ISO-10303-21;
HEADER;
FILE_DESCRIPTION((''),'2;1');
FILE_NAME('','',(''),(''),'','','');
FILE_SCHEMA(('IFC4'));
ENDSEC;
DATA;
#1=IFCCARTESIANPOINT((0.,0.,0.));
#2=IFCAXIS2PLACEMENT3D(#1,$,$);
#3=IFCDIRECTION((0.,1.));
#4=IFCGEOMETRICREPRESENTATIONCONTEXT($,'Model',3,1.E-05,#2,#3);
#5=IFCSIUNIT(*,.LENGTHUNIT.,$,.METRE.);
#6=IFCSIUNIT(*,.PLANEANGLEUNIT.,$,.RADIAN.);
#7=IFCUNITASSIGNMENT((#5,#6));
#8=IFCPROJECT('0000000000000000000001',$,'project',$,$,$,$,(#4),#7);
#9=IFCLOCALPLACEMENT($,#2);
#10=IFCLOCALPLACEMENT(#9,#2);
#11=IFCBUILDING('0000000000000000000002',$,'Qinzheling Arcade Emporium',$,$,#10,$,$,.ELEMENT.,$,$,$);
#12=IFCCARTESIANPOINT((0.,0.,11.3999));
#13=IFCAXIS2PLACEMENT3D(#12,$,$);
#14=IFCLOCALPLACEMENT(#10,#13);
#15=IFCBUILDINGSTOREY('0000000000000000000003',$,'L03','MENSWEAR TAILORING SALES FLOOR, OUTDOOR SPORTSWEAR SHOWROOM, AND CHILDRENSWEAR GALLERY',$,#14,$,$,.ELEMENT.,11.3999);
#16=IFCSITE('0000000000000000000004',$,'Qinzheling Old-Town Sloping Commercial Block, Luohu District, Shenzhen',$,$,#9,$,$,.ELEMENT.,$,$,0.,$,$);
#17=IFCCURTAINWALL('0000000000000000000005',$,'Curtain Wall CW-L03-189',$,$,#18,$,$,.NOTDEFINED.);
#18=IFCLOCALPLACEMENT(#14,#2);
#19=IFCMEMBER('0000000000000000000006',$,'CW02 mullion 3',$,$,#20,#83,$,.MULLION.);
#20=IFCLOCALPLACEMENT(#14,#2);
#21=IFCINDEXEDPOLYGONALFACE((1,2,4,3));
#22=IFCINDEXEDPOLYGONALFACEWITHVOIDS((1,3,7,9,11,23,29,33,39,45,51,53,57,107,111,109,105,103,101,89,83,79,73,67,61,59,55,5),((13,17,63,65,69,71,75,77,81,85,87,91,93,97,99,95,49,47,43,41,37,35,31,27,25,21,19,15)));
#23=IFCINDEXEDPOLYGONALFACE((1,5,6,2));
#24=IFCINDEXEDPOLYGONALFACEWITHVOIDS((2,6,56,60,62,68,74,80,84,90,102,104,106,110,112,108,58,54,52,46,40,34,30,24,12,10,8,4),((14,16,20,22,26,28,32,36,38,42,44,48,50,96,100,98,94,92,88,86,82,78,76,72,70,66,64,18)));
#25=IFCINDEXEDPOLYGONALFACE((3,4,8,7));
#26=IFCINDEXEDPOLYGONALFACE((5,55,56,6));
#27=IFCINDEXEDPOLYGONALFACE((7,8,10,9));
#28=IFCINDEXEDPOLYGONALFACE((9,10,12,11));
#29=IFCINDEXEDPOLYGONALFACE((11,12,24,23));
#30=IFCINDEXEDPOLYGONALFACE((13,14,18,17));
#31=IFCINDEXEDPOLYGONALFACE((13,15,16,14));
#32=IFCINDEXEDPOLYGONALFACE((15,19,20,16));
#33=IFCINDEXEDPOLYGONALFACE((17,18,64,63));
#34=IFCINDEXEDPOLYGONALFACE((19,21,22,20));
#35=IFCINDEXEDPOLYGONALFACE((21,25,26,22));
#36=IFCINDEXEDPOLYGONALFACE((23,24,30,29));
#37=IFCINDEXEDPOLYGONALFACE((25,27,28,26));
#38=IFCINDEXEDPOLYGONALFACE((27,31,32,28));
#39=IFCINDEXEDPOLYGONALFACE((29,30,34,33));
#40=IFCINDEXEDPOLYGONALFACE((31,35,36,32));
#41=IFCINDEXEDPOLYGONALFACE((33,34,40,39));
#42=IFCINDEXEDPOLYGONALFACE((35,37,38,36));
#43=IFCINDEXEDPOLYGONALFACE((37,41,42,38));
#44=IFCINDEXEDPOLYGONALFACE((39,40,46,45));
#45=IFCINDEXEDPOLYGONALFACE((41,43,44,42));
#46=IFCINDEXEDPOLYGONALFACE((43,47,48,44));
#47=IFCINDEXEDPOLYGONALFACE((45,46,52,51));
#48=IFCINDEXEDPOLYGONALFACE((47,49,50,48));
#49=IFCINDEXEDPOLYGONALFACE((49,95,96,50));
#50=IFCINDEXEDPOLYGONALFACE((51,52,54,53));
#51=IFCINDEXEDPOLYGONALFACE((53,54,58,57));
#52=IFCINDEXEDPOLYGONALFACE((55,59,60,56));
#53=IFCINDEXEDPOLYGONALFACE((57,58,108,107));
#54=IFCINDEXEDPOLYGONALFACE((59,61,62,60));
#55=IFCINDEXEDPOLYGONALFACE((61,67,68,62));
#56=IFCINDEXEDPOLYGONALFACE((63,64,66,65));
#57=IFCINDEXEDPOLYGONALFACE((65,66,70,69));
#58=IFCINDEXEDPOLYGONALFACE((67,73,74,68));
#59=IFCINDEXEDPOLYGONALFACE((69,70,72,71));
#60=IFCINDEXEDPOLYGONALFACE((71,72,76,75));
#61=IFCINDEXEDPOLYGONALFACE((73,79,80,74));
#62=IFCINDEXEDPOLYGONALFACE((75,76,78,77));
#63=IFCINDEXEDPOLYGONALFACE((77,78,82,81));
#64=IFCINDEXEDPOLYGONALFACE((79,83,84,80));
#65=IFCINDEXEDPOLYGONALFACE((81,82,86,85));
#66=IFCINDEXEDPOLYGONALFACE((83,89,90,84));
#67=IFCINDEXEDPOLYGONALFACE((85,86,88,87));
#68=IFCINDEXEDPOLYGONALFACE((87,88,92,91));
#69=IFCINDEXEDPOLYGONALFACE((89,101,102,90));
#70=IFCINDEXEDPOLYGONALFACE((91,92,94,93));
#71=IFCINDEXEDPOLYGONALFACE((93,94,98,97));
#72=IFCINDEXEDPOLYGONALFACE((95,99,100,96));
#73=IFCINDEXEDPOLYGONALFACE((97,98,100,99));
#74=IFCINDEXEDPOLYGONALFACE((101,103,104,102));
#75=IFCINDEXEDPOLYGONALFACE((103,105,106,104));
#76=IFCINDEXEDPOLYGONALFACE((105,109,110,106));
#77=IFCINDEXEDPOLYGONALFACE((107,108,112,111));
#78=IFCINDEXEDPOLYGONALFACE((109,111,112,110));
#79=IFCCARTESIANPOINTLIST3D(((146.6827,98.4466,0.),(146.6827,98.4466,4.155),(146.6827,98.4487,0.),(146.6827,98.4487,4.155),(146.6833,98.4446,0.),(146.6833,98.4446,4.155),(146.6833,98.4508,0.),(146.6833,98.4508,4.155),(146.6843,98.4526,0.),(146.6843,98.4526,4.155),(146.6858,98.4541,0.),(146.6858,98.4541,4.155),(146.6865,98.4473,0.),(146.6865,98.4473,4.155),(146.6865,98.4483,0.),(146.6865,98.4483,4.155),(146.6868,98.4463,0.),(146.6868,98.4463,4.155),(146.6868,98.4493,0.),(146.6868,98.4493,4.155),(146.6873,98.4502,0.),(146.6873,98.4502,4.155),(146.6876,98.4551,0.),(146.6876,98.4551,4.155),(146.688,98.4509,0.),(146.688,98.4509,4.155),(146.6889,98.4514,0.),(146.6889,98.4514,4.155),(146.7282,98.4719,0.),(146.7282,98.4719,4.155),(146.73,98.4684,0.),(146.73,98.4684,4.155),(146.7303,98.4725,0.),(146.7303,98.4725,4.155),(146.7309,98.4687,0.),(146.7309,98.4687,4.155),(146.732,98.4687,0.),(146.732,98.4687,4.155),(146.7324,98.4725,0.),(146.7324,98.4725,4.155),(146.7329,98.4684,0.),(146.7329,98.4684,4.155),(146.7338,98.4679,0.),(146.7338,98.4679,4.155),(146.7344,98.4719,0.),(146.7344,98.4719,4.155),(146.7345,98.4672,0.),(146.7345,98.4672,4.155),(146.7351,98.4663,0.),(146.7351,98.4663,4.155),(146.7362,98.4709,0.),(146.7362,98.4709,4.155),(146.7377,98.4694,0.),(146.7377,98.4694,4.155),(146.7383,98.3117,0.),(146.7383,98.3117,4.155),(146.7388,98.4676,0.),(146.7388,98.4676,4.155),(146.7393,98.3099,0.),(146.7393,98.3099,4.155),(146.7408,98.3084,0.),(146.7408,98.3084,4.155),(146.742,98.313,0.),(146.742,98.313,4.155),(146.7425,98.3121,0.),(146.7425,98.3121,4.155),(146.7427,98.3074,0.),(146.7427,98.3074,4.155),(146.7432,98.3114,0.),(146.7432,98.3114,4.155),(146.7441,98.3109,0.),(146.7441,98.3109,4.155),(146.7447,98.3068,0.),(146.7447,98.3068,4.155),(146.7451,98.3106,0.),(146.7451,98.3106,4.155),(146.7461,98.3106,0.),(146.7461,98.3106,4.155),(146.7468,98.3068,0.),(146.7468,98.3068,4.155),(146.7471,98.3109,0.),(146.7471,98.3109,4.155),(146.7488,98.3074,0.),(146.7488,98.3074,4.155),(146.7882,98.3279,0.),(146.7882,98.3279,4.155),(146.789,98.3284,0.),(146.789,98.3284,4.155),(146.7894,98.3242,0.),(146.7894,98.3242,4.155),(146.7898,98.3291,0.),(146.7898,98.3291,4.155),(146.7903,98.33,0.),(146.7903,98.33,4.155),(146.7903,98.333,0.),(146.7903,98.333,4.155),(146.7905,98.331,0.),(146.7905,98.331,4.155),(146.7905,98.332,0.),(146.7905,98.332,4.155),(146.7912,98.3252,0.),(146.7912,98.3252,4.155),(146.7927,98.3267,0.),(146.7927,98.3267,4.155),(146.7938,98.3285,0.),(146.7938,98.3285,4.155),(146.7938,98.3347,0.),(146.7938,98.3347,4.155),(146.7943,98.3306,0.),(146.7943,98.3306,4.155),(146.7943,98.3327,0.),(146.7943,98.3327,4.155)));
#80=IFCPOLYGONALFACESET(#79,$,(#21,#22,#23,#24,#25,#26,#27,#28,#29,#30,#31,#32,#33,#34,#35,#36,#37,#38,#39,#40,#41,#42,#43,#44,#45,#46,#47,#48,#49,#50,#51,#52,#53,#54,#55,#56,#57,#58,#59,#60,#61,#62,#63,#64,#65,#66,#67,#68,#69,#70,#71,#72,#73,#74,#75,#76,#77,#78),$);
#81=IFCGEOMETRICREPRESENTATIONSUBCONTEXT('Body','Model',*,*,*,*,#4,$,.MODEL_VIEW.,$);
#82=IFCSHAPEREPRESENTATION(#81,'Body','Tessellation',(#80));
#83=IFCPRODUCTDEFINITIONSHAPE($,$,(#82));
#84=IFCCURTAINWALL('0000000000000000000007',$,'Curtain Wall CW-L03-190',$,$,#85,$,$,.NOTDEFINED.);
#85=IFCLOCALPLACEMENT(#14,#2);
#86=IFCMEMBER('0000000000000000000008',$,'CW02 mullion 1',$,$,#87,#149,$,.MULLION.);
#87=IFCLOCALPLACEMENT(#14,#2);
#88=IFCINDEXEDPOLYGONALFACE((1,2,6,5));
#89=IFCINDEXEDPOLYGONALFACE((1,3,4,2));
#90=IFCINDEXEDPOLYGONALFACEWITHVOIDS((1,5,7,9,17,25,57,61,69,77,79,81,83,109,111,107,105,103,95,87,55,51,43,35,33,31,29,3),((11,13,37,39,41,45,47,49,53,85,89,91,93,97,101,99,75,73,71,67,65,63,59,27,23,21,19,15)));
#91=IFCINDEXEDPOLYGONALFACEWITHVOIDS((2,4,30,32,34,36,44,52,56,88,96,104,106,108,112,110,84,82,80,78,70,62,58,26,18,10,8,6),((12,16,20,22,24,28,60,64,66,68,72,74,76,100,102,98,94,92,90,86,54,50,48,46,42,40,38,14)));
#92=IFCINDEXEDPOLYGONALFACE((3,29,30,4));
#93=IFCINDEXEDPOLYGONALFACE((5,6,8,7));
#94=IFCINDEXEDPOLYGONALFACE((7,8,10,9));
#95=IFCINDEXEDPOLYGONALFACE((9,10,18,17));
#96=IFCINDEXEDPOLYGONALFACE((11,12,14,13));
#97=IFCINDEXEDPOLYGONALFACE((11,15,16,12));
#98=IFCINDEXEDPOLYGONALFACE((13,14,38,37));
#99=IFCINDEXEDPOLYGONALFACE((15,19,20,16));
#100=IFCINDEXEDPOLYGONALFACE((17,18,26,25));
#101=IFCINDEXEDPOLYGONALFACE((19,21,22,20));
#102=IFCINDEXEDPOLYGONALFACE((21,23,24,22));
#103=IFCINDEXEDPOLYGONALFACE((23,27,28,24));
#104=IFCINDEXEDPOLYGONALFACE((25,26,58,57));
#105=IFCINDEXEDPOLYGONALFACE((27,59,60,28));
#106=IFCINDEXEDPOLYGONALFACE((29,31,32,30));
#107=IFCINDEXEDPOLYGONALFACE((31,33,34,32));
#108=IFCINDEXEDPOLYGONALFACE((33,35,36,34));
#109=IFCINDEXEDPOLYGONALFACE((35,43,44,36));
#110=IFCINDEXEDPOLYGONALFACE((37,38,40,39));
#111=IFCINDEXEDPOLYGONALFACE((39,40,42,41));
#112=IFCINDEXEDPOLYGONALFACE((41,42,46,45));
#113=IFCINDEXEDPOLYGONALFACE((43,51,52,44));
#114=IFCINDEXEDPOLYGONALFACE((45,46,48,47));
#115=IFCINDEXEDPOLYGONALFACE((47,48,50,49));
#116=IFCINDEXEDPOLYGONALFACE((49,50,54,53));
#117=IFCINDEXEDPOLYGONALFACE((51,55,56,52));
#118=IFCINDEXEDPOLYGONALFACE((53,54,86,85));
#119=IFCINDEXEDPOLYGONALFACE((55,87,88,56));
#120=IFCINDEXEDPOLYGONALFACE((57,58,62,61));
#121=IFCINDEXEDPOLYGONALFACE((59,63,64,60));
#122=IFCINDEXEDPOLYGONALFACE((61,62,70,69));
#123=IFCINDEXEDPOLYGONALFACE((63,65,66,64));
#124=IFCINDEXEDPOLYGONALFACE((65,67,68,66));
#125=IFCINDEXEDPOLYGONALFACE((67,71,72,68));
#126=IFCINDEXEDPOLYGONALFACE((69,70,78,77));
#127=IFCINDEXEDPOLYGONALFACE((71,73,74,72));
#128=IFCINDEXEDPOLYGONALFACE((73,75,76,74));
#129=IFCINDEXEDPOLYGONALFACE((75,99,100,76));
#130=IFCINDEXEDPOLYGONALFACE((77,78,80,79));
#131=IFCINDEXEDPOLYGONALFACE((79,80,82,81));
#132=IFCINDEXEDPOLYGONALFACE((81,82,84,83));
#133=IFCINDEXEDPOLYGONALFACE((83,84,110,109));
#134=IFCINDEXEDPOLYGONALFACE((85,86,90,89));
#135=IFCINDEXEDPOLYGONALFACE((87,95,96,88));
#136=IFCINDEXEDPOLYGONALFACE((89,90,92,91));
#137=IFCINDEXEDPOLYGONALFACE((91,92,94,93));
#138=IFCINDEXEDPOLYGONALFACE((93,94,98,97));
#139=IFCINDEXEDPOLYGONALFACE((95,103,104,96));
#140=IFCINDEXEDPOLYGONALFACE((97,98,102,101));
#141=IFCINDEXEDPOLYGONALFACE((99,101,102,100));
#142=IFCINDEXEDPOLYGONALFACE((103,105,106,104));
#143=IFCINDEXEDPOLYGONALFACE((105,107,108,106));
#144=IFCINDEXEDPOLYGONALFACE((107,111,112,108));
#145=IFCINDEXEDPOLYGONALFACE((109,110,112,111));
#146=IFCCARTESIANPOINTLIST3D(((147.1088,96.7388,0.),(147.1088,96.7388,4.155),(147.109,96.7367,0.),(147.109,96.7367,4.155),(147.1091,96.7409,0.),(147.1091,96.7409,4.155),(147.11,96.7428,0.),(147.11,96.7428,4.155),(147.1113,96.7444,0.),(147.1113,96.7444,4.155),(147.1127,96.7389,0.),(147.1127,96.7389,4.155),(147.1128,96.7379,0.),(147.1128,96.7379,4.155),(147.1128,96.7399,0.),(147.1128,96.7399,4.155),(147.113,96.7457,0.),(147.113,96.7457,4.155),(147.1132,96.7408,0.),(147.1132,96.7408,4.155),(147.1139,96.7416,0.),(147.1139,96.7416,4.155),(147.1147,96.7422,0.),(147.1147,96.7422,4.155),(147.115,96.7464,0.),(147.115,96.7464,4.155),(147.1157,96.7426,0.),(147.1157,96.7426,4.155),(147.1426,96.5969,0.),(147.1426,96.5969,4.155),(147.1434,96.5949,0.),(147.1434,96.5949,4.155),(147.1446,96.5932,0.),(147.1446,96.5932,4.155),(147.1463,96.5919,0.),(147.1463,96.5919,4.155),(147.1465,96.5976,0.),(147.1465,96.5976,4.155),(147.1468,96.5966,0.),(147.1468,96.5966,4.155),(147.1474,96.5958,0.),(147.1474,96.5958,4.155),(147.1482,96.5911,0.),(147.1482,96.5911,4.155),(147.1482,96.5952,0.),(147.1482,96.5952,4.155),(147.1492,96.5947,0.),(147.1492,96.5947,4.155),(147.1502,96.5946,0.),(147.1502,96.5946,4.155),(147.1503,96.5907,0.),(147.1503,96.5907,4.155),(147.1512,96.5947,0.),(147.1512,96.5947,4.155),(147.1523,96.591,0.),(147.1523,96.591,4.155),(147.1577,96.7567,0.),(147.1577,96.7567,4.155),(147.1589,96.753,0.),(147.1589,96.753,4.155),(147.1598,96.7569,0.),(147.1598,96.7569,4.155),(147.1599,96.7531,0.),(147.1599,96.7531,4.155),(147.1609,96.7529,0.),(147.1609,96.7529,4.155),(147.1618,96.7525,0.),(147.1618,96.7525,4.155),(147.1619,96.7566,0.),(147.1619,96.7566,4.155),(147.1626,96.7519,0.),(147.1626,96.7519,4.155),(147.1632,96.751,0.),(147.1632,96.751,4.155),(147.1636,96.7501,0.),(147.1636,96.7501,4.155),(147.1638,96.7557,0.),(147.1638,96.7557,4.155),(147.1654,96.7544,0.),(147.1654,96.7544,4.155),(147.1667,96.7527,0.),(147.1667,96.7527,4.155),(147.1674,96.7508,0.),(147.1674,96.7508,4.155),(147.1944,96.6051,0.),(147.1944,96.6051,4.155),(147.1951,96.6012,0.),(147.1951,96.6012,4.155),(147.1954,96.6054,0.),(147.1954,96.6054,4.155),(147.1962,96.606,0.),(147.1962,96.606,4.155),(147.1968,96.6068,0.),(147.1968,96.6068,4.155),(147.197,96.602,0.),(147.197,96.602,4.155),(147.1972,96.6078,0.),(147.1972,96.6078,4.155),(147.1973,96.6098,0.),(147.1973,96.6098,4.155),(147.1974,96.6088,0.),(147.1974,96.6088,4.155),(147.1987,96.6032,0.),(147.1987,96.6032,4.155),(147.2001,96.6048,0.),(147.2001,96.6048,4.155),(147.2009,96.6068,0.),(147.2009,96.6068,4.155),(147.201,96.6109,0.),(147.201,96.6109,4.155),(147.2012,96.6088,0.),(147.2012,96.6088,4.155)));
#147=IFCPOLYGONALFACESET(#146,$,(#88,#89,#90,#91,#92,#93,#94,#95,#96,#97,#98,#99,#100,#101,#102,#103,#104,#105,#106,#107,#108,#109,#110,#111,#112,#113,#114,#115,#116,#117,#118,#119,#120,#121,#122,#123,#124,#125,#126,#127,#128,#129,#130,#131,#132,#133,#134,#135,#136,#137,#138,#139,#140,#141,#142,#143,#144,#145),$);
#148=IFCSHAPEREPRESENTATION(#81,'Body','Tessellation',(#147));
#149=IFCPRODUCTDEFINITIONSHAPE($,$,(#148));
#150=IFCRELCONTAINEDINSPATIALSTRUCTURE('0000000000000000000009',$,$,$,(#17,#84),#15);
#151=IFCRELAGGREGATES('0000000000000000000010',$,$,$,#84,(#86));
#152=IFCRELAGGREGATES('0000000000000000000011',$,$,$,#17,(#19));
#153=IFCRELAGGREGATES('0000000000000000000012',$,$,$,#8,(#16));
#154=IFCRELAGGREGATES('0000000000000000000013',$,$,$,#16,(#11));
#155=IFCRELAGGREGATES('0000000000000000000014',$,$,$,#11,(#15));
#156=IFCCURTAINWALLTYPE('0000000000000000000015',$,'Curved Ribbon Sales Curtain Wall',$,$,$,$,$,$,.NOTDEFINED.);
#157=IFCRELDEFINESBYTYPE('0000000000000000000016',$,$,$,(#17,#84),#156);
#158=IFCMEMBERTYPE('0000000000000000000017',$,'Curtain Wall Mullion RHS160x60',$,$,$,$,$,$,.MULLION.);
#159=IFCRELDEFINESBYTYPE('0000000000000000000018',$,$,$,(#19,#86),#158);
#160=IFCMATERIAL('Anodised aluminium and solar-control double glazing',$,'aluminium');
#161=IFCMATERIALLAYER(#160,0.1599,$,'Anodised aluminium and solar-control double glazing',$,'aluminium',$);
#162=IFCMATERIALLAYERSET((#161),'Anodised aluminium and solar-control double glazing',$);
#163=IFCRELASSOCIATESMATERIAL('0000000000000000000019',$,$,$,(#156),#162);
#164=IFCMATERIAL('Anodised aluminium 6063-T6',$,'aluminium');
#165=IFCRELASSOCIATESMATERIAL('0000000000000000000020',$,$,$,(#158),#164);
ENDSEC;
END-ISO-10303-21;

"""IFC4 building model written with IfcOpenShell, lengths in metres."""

from ifc_helpers import new_model, si_unit, direction, frame, origin, origin_2d, place, context, subcontext, project, spatial, hollow_rectangle, extrude, material, layer, layer_set, material_profile, profile_set, type_object, element, aggregate, save


model = new_model("IFC4")

# Units and contexts
model_context = context("Model", 3, precision=1e-05, world=origin(), true_north=direction((0.0, 1.0)))
body_context = subcontext(model_context, "Body", "Model", "MODEL_VIEW")
ifc_project = project(units=[si_unit("LENGTHUNIT", "METRE"), si_unit("PLANEANGLEUNIT", "RADIAN")], contexts=[model_context])

# Site, building, storey
site_placement = place(None, origin())
site = spatial("IfcSite", under=ifc_project, at=site_placement, Name="Qinzheling Old-Town Sloping Commercial Block, Luohu District, Shenzhen", CompositionType="ELEMENT", RefElevation=0.0)
building_placement = place(site_placement, origin())
building = spatial("IfcBuilding", under=site, at=building_placement, Name="Qinzheling Arcade Emporium", CompositionType="ELEMENT")
storey_placement = place(building_placement, frame((0.0, 0.0, 11.3999)))
storey = spatial("IfcBuildingStorey", under=building, at=storey_placement, Name="L03", Description="MENSWEAR TAILORING SALES FLOOR, OUTDOOR SPORTSWEAR SHOWROOM, AND CHILDRENSWEAR GALLERY", CompositionType="ELEMENT", Elevation=11.3999)

# Curtain walls, members
ifc_material_1 = material(Name="Anodised aluminium and solar-control double glazing", Category="aluminium")
ifc_layer_1 = layer(ifc_material_1, 0.1599, Name="Anodised aluminium and solar-control double glazing", Category="aluminium")
ifc_layer_set_1 = layer_set([ifc_layer_1], Name="Anodised aluminium and solar-control double glazing")
curtain_wall_type = type_object("IfcCurtainWallType", Name="Curved Ribbon Sales Curtain Wall", PredefinedType="NOTDEFINED", material=ifc_layer_set_1)
curtain_wall_1_placement = place(storey_placement, origin())
curtain_wall_1 = element("IfcCurtainWall", 1, at=curtain_wall_1_placement, inside=storey, type_object=curtain_wall_type, Name="Curtain Wall CW-L03-189", PredefinedType="NOTDEFINED")
ifc_material_2 = material(Name="Anodised aluminium 6063-T6", Category="aluminium")
ifc_material_profile_1 = material_profile(ifc_material_2, hollow_rectangle(XDim=0.0601, YDim=0.1599, WallThickness=0.0039, InnerFilletRadius=0.0039, OuterFilletRadius=0.0081, at=origin_2d()), Name="RHS 160x60x4", Category="aluminium")
ifc_profile_set_1 = profile_set([ifc_material_profile_1], Name="Anodised aluminium 6063-T6")
member_type_1 = type_object("IfcMemberType", Name="Curtain Wall Mullion RHS160x60", PredefinedType="MULLION", material=ifc_profile_set_1)
member_1_placement = place(storey_placement, frame((146.7385, 98.3896, 0.0), z_axis=(0.0, 0.0, 1.0), x_axis=(0.923901, 0.382631, 0.0)))
member_1 = element("IfcMember", 2, at=member_1_placement, type_object=member_type_1, Name="CW02 mullion 3", PredefinedType="MULLION", context=body_context, shape_type="SweptSolid", body=[
    extrude(hollow_rectangle(XDim=0.0601, YDim=0.1599, WallThickness=0.0039, InnerFilletRadius=0.0039, OuterFilletRadius=0.0081, at=origin_2d()), origin(), (0.0, 0.0, 1.0), 4.155),
])
curtain_wall_2_placement = place(storey_placement, origin())
curtain_wall_2 = element("IfcCurtainWall", 3, at=curtain_wall_2_placement, inside=storey, type_object=curtain_wall_type, Name="Curtain Wall CW-L03-190", PredefinedType="NOTDEFINED")
member_2_placement = place(storey_placement, frame((147.155, 96.6738, 0.0), z_axis=(0.0, 0.0, 1.0), x_axis=(0.972328, 0.233621, 0.0)))
member_2 = element("IfcMember", 4, at=member_2_placement, type_object=member_type_1, Name="CW02 mullion 1", PredefinedType="MULLION", context=body_context, shape_type="SweptSolid", body=[
    extrude(hollow_rectangle(XDim=0.0601, YDim=0.1599, WallThickness=0.0039, InnerFilletRadius=0.0039, OuterFilletRadius=0.0081, at=origin_2d()), origin(), (0.0, 0.0, 1.0), 4.155),
])

aggregate(curtain_wall_2, [member_2])
aggregate(curtain_wall_1, [member_1])

save(model, "model.ifc")
